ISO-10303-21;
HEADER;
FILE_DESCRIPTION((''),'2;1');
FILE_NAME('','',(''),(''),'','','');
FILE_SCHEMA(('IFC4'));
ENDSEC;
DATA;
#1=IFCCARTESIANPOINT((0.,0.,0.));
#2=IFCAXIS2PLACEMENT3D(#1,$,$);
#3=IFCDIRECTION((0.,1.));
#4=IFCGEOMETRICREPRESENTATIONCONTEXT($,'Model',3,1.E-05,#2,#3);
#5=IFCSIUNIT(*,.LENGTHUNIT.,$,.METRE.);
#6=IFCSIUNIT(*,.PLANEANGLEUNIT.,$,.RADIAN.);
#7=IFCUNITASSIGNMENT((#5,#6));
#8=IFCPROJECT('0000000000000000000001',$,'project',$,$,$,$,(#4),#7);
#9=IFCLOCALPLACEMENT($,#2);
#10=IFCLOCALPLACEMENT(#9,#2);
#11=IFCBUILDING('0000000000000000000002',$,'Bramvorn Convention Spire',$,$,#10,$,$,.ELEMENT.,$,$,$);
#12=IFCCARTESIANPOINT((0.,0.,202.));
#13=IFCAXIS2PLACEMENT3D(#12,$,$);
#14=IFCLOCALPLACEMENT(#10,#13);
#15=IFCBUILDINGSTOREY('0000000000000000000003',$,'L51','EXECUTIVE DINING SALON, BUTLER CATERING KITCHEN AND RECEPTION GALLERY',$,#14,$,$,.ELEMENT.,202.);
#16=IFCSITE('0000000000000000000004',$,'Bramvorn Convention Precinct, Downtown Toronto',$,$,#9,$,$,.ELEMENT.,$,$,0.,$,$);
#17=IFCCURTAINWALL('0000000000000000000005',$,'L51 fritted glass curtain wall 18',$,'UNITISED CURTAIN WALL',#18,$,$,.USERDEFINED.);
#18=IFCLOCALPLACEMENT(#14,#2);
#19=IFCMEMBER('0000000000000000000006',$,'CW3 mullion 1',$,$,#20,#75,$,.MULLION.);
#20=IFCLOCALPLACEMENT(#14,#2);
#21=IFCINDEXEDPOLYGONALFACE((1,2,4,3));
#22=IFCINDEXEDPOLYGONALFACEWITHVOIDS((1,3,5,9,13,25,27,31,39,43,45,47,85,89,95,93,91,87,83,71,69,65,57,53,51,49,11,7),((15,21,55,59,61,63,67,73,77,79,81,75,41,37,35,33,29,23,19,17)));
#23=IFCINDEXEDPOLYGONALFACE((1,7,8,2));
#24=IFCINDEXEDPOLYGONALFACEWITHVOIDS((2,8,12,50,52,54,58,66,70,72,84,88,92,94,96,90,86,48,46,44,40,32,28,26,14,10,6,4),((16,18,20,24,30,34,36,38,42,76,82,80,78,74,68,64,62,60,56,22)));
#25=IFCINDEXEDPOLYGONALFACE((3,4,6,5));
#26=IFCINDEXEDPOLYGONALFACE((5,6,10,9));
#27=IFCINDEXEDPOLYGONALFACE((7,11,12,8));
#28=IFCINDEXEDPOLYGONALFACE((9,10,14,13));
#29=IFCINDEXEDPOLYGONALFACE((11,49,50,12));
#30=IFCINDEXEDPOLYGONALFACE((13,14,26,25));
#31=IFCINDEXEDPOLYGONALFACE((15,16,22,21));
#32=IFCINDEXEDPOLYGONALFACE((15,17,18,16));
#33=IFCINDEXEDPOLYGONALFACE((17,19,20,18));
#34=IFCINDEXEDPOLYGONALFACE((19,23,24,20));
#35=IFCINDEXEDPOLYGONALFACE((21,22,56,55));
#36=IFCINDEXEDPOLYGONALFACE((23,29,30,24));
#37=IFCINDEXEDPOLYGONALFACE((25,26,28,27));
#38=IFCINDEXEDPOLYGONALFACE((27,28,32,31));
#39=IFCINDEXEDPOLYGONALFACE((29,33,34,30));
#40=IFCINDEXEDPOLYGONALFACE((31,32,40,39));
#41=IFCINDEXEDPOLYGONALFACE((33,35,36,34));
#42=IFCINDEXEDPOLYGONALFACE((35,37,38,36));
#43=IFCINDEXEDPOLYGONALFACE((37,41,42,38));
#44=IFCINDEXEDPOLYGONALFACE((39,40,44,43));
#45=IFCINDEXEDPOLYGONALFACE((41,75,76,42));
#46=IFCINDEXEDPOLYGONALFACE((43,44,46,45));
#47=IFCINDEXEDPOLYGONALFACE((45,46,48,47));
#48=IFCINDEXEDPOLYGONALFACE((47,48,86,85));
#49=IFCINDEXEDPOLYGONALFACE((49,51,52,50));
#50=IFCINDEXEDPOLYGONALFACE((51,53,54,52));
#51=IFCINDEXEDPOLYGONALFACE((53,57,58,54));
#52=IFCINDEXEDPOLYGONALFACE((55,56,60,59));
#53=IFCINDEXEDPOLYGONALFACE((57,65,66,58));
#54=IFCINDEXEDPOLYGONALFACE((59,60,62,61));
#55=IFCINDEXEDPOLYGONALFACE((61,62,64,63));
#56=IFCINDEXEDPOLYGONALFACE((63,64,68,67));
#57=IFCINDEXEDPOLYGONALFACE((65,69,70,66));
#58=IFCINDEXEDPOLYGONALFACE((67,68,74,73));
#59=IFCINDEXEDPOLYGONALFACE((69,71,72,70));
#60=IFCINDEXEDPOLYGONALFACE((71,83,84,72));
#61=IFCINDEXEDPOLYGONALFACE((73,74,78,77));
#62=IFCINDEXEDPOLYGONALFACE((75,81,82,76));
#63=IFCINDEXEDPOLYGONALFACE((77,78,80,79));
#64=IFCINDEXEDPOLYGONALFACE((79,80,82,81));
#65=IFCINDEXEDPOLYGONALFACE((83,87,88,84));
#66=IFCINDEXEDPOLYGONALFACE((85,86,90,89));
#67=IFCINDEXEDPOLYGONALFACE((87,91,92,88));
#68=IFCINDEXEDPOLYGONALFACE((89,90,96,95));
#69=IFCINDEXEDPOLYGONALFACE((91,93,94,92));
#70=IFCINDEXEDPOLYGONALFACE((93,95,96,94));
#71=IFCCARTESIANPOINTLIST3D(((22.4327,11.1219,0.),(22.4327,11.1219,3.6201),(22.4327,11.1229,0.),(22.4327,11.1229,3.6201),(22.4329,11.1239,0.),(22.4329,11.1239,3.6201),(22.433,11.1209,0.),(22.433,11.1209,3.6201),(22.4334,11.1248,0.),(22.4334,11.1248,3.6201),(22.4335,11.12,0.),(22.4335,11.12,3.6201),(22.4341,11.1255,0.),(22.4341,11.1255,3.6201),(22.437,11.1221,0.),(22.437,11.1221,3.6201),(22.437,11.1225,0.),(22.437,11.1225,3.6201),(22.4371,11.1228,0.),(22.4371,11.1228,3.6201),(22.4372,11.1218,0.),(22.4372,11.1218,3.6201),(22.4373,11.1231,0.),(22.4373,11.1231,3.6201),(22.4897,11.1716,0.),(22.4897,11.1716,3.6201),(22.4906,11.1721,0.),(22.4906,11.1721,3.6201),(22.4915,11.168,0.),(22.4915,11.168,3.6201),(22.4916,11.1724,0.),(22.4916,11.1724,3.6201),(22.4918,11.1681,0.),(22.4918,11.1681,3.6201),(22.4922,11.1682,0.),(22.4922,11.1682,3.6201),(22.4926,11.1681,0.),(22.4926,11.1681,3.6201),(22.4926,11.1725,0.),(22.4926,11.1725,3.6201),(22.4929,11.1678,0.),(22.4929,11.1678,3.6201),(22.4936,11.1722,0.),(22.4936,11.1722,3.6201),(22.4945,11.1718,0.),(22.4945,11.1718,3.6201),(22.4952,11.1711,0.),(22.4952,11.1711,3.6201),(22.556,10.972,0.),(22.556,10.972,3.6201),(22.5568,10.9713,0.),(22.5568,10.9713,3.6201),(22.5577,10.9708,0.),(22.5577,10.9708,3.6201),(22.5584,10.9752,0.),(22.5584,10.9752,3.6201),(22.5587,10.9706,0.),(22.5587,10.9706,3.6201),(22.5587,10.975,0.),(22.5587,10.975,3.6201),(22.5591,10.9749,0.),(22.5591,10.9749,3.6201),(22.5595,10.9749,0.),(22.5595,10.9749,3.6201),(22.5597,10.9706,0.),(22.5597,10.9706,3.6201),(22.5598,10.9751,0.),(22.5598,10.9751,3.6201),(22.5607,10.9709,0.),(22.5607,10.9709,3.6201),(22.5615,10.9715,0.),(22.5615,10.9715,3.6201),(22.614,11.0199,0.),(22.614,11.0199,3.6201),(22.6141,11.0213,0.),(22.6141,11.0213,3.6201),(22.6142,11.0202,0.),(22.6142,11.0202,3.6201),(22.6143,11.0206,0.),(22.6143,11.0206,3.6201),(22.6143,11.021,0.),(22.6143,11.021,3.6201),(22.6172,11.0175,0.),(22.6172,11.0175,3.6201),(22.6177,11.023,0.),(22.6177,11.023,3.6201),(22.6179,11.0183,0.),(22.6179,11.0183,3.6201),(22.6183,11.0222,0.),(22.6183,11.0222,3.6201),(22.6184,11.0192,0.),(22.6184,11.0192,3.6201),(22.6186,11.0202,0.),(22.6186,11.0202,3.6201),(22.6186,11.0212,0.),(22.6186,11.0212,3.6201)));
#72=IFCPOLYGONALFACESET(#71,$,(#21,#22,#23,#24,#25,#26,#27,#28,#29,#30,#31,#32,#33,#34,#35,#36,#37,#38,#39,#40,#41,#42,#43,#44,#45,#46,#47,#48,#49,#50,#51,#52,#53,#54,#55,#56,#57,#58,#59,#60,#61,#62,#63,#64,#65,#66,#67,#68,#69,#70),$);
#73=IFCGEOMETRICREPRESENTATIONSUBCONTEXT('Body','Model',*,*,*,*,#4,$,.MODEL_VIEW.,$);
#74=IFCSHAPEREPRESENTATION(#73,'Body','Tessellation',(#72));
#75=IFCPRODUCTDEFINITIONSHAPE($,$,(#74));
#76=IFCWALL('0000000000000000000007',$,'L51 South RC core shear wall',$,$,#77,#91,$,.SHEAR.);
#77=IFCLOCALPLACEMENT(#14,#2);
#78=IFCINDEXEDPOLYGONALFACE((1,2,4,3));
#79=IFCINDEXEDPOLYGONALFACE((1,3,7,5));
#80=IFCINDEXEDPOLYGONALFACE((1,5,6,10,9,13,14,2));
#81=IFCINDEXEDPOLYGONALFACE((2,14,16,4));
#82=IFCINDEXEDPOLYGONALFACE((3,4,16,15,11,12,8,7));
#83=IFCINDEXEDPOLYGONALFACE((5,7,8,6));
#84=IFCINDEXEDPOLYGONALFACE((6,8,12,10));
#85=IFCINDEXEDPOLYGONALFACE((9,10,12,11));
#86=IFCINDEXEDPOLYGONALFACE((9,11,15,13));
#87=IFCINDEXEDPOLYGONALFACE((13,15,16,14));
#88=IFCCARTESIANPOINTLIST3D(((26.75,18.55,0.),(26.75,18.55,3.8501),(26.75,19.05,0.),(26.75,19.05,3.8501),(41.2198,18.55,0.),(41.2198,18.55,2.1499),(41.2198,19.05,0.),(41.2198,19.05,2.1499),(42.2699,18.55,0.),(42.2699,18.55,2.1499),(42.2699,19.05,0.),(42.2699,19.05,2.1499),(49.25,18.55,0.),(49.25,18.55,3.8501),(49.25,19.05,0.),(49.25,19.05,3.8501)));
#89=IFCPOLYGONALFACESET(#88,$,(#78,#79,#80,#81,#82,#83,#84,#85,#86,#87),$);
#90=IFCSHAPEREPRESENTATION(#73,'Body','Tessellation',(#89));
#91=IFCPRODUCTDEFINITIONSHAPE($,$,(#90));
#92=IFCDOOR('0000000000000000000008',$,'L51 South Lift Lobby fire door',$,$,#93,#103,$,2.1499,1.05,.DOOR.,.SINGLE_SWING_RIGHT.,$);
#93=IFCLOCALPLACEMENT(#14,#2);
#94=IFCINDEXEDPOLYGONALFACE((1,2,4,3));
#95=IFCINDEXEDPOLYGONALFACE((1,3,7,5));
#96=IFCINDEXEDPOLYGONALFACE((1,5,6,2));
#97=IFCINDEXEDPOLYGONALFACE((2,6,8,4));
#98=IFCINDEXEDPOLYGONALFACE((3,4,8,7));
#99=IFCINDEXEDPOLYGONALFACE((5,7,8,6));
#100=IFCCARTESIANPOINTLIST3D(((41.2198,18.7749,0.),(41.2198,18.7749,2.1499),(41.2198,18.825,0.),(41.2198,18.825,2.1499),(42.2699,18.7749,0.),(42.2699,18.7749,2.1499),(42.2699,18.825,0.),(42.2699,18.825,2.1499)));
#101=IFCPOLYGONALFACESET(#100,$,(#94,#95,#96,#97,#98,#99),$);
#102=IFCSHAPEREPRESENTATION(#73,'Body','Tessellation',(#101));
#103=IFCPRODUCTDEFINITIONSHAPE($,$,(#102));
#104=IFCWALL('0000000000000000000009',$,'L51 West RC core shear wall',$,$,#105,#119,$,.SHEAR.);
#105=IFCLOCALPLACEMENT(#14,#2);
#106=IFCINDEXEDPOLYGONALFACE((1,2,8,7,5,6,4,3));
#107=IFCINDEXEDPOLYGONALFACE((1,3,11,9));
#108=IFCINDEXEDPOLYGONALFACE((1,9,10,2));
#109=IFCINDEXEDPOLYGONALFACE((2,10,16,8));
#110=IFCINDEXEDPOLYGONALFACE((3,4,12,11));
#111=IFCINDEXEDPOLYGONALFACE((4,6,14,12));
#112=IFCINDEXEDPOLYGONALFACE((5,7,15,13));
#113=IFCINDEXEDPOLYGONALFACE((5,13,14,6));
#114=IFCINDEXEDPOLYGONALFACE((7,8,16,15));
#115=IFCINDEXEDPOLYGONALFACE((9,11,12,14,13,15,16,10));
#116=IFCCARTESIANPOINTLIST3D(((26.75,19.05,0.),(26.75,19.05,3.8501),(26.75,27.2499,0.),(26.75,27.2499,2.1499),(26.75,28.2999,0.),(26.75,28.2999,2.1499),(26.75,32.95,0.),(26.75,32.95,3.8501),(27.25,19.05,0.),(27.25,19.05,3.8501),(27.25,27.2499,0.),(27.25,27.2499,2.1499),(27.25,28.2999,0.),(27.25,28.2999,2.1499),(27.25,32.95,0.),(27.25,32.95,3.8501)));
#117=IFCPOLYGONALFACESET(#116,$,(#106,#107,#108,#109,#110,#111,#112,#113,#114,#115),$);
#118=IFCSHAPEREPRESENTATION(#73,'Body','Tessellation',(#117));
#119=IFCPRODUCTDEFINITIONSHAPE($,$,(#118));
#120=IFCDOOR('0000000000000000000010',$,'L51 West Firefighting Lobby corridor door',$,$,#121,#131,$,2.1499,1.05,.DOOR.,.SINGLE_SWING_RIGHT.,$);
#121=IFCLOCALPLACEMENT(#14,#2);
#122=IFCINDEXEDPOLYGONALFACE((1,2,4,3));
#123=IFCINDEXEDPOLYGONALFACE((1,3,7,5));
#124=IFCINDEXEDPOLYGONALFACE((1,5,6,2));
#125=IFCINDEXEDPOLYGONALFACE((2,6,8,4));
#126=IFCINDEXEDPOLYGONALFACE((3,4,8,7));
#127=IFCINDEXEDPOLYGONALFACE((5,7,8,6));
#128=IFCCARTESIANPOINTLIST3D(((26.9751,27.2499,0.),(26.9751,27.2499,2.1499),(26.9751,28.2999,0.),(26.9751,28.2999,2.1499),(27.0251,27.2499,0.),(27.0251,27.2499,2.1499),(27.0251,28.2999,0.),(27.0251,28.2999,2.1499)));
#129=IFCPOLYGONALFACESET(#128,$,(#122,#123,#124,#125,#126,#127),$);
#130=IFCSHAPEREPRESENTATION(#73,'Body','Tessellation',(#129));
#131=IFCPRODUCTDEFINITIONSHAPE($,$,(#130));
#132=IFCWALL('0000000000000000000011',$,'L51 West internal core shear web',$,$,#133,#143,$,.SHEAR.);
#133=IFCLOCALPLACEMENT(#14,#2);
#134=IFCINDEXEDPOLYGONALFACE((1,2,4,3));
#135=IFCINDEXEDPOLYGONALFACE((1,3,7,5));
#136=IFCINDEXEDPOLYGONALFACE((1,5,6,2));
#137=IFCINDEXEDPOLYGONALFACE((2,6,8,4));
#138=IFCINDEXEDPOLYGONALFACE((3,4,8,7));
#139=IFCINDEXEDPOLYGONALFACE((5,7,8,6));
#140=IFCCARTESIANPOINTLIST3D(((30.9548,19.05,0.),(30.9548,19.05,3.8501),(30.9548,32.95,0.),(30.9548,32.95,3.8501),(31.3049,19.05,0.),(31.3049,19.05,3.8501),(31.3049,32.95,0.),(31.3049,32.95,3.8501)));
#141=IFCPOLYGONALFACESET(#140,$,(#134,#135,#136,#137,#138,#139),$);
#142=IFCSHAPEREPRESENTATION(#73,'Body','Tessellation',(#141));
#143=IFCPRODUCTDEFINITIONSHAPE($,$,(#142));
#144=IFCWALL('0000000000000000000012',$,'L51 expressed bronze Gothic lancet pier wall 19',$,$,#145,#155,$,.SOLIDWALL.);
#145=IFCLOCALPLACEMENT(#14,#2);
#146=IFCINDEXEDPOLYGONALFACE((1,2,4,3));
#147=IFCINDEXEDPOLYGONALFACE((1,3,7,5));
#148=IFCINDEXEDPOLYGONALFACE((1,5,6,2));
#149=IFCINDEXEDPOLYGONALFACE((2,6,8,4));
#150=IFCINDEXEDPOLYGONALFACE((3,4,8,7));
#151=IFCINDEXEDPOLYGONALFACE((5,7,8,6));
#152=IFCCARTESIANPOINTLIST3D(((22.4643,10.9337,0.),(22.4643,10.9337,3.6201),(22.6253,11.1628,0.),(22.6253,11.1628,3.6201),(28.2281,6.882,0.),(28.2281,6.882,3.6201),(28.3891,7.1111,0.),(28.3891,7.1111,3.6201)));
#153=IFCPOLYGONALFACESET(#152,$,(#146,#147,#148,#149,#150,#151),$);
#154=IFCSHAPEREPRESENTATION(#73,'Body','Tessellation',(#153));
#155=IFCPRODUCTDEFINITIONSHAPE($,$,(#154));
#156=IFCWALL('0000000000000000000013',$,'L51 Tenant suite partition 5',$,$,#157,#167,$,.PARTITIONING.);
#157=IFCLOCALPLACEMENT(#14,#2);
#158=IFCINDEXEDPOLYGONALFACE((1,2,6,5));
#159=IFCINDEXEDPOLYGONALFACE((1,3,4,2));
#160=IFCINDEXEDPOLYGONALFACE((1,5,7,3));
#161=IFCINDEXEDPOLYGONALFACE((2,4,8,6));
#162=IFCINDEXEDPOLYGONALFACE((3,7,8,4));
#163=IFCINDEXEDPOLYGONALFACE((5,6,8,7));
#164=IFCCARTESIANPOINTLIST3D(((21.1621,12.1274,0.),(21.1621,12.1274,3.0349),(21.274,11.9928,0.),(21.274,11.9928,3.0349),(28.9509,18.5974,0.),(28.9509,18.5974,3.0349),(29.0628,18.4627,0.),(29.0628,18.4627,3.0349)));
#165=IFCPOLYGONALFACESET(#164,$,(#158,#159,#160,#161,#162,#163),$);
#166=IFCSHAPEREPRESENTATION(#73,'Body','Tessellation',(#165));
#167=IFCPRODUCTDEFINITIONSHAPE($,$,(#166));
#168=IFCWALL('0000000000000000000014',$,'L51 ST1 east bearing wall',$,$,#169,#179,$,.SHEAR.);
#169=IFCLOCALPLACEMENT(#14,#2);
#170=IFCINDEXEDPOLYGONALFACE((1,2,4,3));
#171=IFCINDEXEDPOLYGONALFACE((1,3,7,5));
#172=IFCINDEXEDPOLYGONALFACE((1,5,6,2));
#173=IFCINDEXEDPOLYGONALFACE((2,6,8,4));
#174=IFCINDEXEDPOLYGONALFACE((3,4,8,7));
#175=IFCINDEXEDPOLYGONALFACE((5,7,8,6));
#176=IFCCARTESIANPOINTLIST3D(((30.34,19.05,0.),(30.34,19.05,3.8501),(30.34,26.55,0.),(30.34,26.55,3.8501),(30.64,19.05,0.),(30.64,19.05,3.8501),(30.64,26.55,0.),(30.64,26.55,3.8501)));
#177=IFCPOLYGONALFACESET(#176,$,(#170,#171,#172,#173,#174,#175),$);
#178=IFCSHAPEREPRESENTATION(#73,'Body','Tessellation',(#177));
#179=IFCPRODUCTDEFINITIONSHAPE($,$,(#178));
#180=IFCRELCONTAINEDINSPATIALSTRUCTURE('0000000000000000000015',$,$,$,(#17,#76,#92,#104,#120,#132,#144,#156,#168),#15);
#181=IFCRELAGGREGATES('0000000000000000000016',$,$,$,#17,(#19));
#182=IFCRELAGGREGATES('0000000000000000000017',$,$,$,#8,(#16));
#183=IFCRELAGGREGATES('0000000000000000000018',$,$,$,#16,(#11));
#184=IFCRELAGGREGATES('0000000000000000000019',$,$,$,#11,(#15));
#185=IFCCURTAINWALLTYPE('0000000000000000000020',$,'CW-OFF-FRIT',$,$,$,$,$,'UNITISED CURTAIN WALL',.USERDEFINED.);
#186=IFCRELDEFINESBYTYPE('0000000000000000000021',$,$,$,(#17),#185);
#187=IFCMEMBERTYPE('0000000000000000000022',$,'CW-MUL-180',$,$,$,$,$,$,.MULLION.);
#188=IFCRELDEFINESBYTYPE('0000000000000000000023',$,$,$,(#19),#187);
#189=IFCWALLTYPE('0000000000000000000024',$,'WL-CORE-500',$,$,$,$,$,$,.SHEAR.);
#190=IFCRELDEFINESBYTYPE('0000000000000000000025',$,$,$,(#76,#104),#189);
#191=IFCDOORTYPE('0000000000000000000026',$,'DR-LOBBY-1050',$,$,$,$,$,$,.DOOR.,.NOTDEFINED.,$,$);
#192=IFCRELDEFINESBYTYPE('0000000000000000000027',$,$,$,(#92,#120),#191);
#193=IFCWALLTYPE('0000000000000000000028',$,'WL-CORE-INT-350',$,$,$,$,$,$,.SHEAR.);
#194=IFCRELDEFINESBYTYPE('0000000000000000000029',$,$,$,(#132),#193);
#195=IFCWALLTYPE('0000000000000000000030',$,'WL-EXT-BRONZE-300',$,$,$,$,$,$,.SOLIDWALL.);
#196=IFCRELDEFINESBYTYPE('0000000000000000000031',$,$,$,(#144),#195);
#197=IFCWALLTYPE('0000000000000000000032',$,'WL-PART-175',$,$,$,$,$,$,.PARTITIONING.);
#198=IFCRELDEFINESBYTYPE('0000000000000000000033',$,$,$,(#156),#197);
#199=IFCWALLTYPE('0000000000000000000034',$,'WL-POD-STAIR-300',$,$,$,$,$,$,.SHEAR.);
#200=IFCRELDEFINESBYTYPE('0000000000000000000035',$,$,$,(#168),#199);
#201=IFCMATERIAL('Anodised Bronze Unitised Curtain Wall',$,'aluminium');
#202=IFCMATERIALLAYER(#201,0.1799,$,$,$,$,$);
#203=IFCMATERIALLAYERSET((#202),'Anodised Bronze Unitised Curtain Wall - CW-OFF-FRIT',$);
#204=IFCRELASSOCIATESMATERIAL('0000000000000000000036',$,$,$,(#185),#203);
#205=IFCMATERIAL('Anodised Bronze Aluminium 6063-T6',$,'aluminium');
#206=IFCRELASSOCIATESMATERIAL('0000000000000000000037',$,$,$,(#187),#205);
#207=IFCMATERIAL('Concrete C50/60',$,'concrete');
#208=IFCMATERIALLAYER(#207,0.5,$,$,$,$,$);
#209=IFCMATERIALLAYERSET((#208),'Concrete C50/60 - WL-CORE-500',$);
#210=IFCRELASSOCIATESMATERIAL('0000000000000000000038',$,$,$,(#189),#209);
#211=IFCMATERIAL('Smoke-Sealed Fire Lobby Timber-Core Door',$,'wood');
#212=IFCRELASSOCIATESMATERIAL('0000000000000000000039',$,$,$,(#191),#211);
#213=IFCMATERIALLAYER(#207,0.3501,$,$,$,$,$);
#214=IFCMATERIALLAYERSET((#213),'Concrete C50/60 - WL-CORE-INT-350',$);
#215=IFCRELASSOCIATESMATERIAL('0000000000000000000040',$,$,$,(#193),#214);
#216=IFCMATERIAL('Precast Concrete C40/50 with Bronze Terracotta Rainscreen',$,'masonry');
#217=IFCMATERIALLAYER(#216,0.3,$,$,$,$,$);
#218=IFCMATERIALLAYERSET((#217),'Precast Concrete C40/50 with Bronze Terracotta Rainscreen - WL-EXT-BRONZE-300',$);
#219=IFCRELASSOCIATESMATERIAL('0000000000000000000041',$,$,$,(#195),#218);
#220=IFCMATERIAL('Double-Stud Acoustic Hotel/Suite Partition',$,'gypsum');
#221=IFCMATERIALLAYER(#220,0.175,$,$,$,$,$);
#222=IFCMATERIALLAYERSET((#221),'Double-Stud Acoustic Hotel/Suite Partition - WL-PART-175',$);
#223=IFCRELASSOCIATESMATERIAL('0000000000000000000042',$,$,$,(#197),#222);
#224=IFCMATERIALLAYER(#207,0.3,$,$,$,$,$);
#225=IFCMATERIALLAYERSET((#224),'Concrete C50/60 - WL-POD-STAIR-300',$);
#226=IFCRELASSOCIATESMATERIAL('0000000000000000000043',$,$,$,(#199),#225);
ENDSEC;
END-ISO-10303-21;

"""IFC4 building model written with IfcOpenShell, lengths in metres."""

from ifc_helpers import new_model, si_unit, direction, frame, frame_2d, origin, origin_2d, place, context, subcontext, project, spatial, rectangle, hollow_rectangle, extrude, material, layer, layer_set, material_profile, profile_set, type_object, element, fill, aggregate, save


model = new_model("IFC4")

# Units and contexts
model_context = context("Model", 3, precision=1e-05, world=origin(), true_north=direction((0.0, 1.0)))
body_context = subcontext(model_context, "Body", "Model", "MODEL_VIEW")
ifc_project = project(units=[si_unit("LENGTHUNIT", "METRE"), si_unit("PLANEANGLEUNIT", "RADIAN")], contexts=[model_context])

# Site, building, storey
site_placement = place(None, origin())
site = spatial("IfcSite", under=ifc_project, at=site_placement, Name="Bramvorn Convention Precinct, Downtown Toronto", CompositionType="ELEMENT", RefElevation=0.0)
building_placement = place(site_placement, origin())
building = spatial("IfcBuilding", under=site, at=building_placement, Name="Bramvorn Convention Spire", CompositionType="ELEMENT")
storey_placement = place(building_placement, frame((0.0, 0.0, 202.0)))
storey = spatial("IfcBuildingStorey", under=building, at=storey_placement, Name="L51", Description="EXECUTIVE DINING SALON, BUTLER CATERING KITCHEN AND RECEPTION GALLERY", CompositionType="ELEMENT", Elevation=202.0)

# Curtain wall, member
ifc_material_1 = material(Name="Anodised Bronze Unitised Curtain Wall", Category="aluminium")
ifc_layer_1 = layer(ifc_material_1, 0.1799)
ifc_layer_set_1 = layer_set([ifc_layer_1], Name="Anodised Bronze Unitised Curtain Wall - CW-OFF-FRIT")
curtain_wall_type = type_object("IfcCurtainWallType", Name="CW-OFF-FRIT", ElementType="UNITISED CURTAIN WALL", PredefinedType="USERDEFINED", material=ifc_layer_set_1)
curtain_wall_placement = place(storey_placement, origin())
curtain_wall = element("IfcCurtainWall", 1, at=curtain_wall_placement, inside=storey, type_object=curtain_wall_type, Name="L51 fritted glass curtain wall 18", ObjectType="UNITISED CURTAIN WALL", PredefinedType="USERDEFINED")
ifc_material_2 = material(Name="Anodised Bronze Aluminium 6063-T6", Category="aluminium")
ifc_material_profile_1 = material_profile(ifc_material_2, hollow_rectangle(XDim=0.0801, YDim=0.2, WallThickness=0.0039, InnerFilletRadius=0.001, OuterFilletRadius=0.0039, at=origin_2d()))
ifc_profile_set_1 = profile_set([ifc_material_profile_1], Name="Anodised Bronze Aluminium 6063-T6 - CWM80X200")
member_type = type_object("IfcMemberType", Name="CW-MUL-180", PredefinedType="MULLION", material=ifc_profile_set_1)
member_placement = place(storey_placement, frame((22.5256, 11.0715, 0.0), z_axis=(0.0, 0.0, 1.0), x_axis=(-0.770463, -0.637485, 0.0)))
member = element("IfcMember", 2, at=member_placement, type_object=member_type, Name="CW3 mullion 1", PredefinedType="MULLION", context=body_context, shape_type="SweptSolid", body=[
    extrude(hollow_rectangle(XDim=0.0801, YDim=0.2, WallThickness=0.0039, InnerFilletRadius=0.001, OuterFilletRadius=0.0039, at=origin_2d()), origin(), (0.0, 0.0, 1.0), 3.6201),
])
aggregate(curtain_wall, [member])

# Walls, openings, doors
ifc_material_3 = material(Name="Concrete C50/60", Category="concrete")
ifc_layer_2 = layer(ifc_material_3, 0.5)
ifc_layer_set_2 = layer_set([ifc_layer_2], Name="Concrete C50/60 - WL-CORE-500")
wall_type_1 = type_object("IfcWallType", Name="WL-CORE-500", PredefinedType="SHEAR", material=ifc_layer_set_2)
wall_1_placement = place(storey_placement, frame((26.75, 18.8, 0.0), z_axis=(0.0, 0.0, 1.0), x_axis=(1.0, 0.0, 0.0)))
wall_1 = element("IfcWall", 3, at=wall_1_placement, inside=storey, type_object=wall_type_1, Name="L51 South RC core shear wall", PredefinedType="SHEAR", context=body_context, shape_type="SweptSolid", body=[
    extrude(rectangle(XDim=22.5, YDim=0.5, at=frame_2d((11.25, 0.0))), origin(), (0.0, 0.0, 1.0), 3.8501),
])
opening_1_placement = place(wall_1_placement, frame((14.47, 0.0, 0.0)))
opening_1 = element("IfcOpeningElement", 4, at=opening_1_placement, cuts=wall_1, PredefinedType="OPENING", context=body_context, shape_type="SweptSolid", body=[
    extrude(rectangle(XDim=1.05, YDim=2.1499, at=frame_2d((0.5249, 1.075))), frame((0.0, 0.26, 0.0), z_axis=(0.0, -1.0, 0.0), x_axis=(1.0, 0.0, 0.0)), (0.0, 0.0, 1.0), 0.52),
])
ifc_material_4 = material(Name="Smoke-Sealed Fire Lobby Timber-Core Door", Category="wood")
door_type = type_object("IfcDoorType", Name="DR-LOBBY-1050", OperationType="NOTDEFINED", PredefinedType="DOOR", material=ifc_material_4)
door_1_placement = place(opening_1_placement, origin())
door_1 = element("IfcDoor", 5, at=door_1_placement, inside=storey, type_object=door_type, Name="L51 South Lift Lobby fire door", OperationType="SINGLE_SWING_RIGHT", OverallHeight=2.1499, OverallWidth=1.05, PredefinedType="DOOR", context=body_context, shape_type="SweptSolid", body=[
    extrude(rectangle(XDim=1.05, YDim=2.1499, at=frame_2d((0.5249, 1.075))), frame((0.0, 0.0249, 0.0), z_axis=(0.0, -1.0, 0.0), x_axis=(1.0, 0.0, 0.0)), (0.0, 0.0, 1.0), 0.05),
])
fill(opening_1, door_1)
wall_2_placement = place(storey_placement, frame((27.0, 19.05, 0.0), z_axis=(0.0, 0.0, 1.0), x_axis=(0.0, 1.0, 0.0)))
wall_2 = element("IfcWall", 6, at=wall_2_placement, inside=storey, type_object=wall_type_1, Name="L51 West RC core shear wall", PredefinedType="SHEAR", context=body_context, shape_type="SweptSolid", body=[
    extrude(rectangle(XDim=13.8999, YDim=0.5, at=frame_2d((6.95, 0.0))), origin(), (0.0, 0.0, 1.0), 3.8501),
])
opening_2_placement = place(wall_2_placement, frame((8.2, 0.0, 0.0)))
opening_2 = element("IfcOpeningElement", 7, at=opening_2_placement, cuts=wall_2, PredefinedType="OPENING", context=body_context, shape_type="SweptSolid", body=[
    extrude(rectangle(XDim=1.05, YDim=2.1499, at=frame_2d((0.5249, 1.075))), frame((0.0, 0.26, 0.0), z_axis=(0.0, -1.0, 0.0), x_axis=(1.0, 0.0, 0.0)), (0.0, 0.0, 1.0), 0.52),
])
door_2_placement = place(opening_2_placement, origin())
door_2 = element("IfcDoor", 8, at=door_2_placement, inside=storey, type_object=door_type, Name="L51 West Firefighting Lobby corridor door", OperationType="SINGLE_SWING_RIGHT", OverallHeight=2.1499, OverallWidth=1.05, PredefinedType="DOOR", context=body_context, shape_type="SweptSolid", body=[
    extrude(rectangle(XDim=1.05, YDim=2.1499, at=frame_2d((0.5249, 1.075))), frame((0.0, 0.0249, 0.0), z_axis=(0.0, -1.0, 0.0), x_axis=(1.0, 0.0, 0.0)), (0.0, 0.0, 1.0), 0.05),
])
fill(opening_2, door_2)

# Walls
ifc_layer_3 = layer(ifc_material_3, 0.3501)
ifc_layer_set_3 = layer_set([ifc_layer_3], Name="Concrete C50/60 - WL-CORE-INT-350")
wall_type_2 = type_object("IfcWallType", Name="WL-CORE-INT-350", PredefinedType="SHEAR", material=ifc_layer_set_3)
wall_3_placement = place(storey_placement, frame((31.1299, 19.05, 0.0), z_axis=(0.0, 0.0, 1.0), x_axis=(0.0, 1.0, 0.0)))
element("IfcWall", 9, at=wall_3_placement, inside=storey, type_object=wall_type_2, Name="L51 West internal core shear web", PredefinedType="SHEAR", context=body_context, shape_type="SweptSolid", body=[
    extrude(rectangle(XDim=13.8999, YDim=0.3501, at=frame_2d((6.95, 0.0))), origin(), (0.0, 0.0, 1.0), 3.8501),
])
ifc_material_5 = material(Name="Precast Concrete C40/50 with Bronze Terracotta Rainscreen", Category="masonry")
ifc_layer_4 = layer(ifc_material_5, 0.3)
ifc_layer_set_4 = layer_set([ifc_layer_4], Name="Precast Concrete C40/50 with Bronze Terracotta Rainscreen - WL-EXT-BRONZE-300")
wall_type_3 = type_object("IfcWallType", Name="WL-EXT-BRONZE-300", PredefinedType="SOLIDWALL", material=ifc_layer_set_4)
wall_4_placement = place(storey_placement, frame((28.3086, 6.9966, 0.0), z_axis=(0.0, 0.0, 1.0), x_axis=(-0.818096, 0.575082, 0.0)))
element("IfcWall", 10, at=wall_4_placement, inside=storey, type_object=wall_type_3, Name="L51 expressed bronze Gothic lancet pier wall 19", PredefinedType="SOLIDWALL", context=body_context, shape_type="SweptSolid", body=[
    extrude(rectangle(XDim=7.0454, YDim=0.28, at=frame_2d((3.5227, 0.0))), origin(), (0.0, 0.0, 1.0), 3.6201),
])
ifc_material_6 = material(Name="Double-Stud Acoustic Hotel/Suite Partition", Category="gypsum")
ifc_layer_5 = layer(ifc_material_6, 0.175)
ifc_layer_set_5 = layer_set([ifc_layer_5], Name="Double-Stud Acoustic Hotel/Suite Partition - WL-PART-175")
wall_type_4 = type_object("IfcWallType", Name="WL-PART-175", PredefinedType="PARTITIONING", material=ifc_layer_set_5)
wall_5_placement = place(storey_placement, frame((29.0068, 18.53, 0.0), z_axis=(0.0, 0.0, 1.0), x_axis=(-0.769226, -0.638976, 0.0)))
element("IfcWall", 11, at=wall_5_placement, inside=storey, type_object=wall_type_4, Name="L51 Tenant suite partition 5", PredefinedType="PARTITIONING", context=body_context, shape_type="SweptSolid", body=[
    extrude(rectangle(XDim=10.1255, YDim=0.175, at=frame_2d((5.0627, 0.0))), origin(), (0.0, 0.0, 1.0), 3.0349),
])
ifc_layer_6 = layer(ifc_material_3, 0.3)
ifc_layer_set_6 = layer_set([ifc_layer_6], Name="Concrete C50/60 - WL-POD-STAIR-300")
wall_type_5 = type_object("IfcWallType", Name="WL-POD-STAIR-300", PredefinedType="SHEAR", material=ifc_layer_set_6)
wall_6_placement = place(storey_placement, frame((30.49, 19.05, 0.0), z_axis=(0.0, 0.0, 1.0), x_axis=(0.0, 1.0, 0.0)))
element("IfcWall", 12, at=wall_6_placement, inside=storey, type_object=wall_type_5, Name="L51 ST1 east bearing wall", PredefinedType="SHEAR", context=body_context, shape_type="SweptSolid", body=[
    extrude(rectangle(XDim=7.5, YDim=0.3, at=frame_2d((3.75, 0.0))), origin(), (0.0, 0.0, 1.0), 3.8501),
])

save(model, "model.ifc")
